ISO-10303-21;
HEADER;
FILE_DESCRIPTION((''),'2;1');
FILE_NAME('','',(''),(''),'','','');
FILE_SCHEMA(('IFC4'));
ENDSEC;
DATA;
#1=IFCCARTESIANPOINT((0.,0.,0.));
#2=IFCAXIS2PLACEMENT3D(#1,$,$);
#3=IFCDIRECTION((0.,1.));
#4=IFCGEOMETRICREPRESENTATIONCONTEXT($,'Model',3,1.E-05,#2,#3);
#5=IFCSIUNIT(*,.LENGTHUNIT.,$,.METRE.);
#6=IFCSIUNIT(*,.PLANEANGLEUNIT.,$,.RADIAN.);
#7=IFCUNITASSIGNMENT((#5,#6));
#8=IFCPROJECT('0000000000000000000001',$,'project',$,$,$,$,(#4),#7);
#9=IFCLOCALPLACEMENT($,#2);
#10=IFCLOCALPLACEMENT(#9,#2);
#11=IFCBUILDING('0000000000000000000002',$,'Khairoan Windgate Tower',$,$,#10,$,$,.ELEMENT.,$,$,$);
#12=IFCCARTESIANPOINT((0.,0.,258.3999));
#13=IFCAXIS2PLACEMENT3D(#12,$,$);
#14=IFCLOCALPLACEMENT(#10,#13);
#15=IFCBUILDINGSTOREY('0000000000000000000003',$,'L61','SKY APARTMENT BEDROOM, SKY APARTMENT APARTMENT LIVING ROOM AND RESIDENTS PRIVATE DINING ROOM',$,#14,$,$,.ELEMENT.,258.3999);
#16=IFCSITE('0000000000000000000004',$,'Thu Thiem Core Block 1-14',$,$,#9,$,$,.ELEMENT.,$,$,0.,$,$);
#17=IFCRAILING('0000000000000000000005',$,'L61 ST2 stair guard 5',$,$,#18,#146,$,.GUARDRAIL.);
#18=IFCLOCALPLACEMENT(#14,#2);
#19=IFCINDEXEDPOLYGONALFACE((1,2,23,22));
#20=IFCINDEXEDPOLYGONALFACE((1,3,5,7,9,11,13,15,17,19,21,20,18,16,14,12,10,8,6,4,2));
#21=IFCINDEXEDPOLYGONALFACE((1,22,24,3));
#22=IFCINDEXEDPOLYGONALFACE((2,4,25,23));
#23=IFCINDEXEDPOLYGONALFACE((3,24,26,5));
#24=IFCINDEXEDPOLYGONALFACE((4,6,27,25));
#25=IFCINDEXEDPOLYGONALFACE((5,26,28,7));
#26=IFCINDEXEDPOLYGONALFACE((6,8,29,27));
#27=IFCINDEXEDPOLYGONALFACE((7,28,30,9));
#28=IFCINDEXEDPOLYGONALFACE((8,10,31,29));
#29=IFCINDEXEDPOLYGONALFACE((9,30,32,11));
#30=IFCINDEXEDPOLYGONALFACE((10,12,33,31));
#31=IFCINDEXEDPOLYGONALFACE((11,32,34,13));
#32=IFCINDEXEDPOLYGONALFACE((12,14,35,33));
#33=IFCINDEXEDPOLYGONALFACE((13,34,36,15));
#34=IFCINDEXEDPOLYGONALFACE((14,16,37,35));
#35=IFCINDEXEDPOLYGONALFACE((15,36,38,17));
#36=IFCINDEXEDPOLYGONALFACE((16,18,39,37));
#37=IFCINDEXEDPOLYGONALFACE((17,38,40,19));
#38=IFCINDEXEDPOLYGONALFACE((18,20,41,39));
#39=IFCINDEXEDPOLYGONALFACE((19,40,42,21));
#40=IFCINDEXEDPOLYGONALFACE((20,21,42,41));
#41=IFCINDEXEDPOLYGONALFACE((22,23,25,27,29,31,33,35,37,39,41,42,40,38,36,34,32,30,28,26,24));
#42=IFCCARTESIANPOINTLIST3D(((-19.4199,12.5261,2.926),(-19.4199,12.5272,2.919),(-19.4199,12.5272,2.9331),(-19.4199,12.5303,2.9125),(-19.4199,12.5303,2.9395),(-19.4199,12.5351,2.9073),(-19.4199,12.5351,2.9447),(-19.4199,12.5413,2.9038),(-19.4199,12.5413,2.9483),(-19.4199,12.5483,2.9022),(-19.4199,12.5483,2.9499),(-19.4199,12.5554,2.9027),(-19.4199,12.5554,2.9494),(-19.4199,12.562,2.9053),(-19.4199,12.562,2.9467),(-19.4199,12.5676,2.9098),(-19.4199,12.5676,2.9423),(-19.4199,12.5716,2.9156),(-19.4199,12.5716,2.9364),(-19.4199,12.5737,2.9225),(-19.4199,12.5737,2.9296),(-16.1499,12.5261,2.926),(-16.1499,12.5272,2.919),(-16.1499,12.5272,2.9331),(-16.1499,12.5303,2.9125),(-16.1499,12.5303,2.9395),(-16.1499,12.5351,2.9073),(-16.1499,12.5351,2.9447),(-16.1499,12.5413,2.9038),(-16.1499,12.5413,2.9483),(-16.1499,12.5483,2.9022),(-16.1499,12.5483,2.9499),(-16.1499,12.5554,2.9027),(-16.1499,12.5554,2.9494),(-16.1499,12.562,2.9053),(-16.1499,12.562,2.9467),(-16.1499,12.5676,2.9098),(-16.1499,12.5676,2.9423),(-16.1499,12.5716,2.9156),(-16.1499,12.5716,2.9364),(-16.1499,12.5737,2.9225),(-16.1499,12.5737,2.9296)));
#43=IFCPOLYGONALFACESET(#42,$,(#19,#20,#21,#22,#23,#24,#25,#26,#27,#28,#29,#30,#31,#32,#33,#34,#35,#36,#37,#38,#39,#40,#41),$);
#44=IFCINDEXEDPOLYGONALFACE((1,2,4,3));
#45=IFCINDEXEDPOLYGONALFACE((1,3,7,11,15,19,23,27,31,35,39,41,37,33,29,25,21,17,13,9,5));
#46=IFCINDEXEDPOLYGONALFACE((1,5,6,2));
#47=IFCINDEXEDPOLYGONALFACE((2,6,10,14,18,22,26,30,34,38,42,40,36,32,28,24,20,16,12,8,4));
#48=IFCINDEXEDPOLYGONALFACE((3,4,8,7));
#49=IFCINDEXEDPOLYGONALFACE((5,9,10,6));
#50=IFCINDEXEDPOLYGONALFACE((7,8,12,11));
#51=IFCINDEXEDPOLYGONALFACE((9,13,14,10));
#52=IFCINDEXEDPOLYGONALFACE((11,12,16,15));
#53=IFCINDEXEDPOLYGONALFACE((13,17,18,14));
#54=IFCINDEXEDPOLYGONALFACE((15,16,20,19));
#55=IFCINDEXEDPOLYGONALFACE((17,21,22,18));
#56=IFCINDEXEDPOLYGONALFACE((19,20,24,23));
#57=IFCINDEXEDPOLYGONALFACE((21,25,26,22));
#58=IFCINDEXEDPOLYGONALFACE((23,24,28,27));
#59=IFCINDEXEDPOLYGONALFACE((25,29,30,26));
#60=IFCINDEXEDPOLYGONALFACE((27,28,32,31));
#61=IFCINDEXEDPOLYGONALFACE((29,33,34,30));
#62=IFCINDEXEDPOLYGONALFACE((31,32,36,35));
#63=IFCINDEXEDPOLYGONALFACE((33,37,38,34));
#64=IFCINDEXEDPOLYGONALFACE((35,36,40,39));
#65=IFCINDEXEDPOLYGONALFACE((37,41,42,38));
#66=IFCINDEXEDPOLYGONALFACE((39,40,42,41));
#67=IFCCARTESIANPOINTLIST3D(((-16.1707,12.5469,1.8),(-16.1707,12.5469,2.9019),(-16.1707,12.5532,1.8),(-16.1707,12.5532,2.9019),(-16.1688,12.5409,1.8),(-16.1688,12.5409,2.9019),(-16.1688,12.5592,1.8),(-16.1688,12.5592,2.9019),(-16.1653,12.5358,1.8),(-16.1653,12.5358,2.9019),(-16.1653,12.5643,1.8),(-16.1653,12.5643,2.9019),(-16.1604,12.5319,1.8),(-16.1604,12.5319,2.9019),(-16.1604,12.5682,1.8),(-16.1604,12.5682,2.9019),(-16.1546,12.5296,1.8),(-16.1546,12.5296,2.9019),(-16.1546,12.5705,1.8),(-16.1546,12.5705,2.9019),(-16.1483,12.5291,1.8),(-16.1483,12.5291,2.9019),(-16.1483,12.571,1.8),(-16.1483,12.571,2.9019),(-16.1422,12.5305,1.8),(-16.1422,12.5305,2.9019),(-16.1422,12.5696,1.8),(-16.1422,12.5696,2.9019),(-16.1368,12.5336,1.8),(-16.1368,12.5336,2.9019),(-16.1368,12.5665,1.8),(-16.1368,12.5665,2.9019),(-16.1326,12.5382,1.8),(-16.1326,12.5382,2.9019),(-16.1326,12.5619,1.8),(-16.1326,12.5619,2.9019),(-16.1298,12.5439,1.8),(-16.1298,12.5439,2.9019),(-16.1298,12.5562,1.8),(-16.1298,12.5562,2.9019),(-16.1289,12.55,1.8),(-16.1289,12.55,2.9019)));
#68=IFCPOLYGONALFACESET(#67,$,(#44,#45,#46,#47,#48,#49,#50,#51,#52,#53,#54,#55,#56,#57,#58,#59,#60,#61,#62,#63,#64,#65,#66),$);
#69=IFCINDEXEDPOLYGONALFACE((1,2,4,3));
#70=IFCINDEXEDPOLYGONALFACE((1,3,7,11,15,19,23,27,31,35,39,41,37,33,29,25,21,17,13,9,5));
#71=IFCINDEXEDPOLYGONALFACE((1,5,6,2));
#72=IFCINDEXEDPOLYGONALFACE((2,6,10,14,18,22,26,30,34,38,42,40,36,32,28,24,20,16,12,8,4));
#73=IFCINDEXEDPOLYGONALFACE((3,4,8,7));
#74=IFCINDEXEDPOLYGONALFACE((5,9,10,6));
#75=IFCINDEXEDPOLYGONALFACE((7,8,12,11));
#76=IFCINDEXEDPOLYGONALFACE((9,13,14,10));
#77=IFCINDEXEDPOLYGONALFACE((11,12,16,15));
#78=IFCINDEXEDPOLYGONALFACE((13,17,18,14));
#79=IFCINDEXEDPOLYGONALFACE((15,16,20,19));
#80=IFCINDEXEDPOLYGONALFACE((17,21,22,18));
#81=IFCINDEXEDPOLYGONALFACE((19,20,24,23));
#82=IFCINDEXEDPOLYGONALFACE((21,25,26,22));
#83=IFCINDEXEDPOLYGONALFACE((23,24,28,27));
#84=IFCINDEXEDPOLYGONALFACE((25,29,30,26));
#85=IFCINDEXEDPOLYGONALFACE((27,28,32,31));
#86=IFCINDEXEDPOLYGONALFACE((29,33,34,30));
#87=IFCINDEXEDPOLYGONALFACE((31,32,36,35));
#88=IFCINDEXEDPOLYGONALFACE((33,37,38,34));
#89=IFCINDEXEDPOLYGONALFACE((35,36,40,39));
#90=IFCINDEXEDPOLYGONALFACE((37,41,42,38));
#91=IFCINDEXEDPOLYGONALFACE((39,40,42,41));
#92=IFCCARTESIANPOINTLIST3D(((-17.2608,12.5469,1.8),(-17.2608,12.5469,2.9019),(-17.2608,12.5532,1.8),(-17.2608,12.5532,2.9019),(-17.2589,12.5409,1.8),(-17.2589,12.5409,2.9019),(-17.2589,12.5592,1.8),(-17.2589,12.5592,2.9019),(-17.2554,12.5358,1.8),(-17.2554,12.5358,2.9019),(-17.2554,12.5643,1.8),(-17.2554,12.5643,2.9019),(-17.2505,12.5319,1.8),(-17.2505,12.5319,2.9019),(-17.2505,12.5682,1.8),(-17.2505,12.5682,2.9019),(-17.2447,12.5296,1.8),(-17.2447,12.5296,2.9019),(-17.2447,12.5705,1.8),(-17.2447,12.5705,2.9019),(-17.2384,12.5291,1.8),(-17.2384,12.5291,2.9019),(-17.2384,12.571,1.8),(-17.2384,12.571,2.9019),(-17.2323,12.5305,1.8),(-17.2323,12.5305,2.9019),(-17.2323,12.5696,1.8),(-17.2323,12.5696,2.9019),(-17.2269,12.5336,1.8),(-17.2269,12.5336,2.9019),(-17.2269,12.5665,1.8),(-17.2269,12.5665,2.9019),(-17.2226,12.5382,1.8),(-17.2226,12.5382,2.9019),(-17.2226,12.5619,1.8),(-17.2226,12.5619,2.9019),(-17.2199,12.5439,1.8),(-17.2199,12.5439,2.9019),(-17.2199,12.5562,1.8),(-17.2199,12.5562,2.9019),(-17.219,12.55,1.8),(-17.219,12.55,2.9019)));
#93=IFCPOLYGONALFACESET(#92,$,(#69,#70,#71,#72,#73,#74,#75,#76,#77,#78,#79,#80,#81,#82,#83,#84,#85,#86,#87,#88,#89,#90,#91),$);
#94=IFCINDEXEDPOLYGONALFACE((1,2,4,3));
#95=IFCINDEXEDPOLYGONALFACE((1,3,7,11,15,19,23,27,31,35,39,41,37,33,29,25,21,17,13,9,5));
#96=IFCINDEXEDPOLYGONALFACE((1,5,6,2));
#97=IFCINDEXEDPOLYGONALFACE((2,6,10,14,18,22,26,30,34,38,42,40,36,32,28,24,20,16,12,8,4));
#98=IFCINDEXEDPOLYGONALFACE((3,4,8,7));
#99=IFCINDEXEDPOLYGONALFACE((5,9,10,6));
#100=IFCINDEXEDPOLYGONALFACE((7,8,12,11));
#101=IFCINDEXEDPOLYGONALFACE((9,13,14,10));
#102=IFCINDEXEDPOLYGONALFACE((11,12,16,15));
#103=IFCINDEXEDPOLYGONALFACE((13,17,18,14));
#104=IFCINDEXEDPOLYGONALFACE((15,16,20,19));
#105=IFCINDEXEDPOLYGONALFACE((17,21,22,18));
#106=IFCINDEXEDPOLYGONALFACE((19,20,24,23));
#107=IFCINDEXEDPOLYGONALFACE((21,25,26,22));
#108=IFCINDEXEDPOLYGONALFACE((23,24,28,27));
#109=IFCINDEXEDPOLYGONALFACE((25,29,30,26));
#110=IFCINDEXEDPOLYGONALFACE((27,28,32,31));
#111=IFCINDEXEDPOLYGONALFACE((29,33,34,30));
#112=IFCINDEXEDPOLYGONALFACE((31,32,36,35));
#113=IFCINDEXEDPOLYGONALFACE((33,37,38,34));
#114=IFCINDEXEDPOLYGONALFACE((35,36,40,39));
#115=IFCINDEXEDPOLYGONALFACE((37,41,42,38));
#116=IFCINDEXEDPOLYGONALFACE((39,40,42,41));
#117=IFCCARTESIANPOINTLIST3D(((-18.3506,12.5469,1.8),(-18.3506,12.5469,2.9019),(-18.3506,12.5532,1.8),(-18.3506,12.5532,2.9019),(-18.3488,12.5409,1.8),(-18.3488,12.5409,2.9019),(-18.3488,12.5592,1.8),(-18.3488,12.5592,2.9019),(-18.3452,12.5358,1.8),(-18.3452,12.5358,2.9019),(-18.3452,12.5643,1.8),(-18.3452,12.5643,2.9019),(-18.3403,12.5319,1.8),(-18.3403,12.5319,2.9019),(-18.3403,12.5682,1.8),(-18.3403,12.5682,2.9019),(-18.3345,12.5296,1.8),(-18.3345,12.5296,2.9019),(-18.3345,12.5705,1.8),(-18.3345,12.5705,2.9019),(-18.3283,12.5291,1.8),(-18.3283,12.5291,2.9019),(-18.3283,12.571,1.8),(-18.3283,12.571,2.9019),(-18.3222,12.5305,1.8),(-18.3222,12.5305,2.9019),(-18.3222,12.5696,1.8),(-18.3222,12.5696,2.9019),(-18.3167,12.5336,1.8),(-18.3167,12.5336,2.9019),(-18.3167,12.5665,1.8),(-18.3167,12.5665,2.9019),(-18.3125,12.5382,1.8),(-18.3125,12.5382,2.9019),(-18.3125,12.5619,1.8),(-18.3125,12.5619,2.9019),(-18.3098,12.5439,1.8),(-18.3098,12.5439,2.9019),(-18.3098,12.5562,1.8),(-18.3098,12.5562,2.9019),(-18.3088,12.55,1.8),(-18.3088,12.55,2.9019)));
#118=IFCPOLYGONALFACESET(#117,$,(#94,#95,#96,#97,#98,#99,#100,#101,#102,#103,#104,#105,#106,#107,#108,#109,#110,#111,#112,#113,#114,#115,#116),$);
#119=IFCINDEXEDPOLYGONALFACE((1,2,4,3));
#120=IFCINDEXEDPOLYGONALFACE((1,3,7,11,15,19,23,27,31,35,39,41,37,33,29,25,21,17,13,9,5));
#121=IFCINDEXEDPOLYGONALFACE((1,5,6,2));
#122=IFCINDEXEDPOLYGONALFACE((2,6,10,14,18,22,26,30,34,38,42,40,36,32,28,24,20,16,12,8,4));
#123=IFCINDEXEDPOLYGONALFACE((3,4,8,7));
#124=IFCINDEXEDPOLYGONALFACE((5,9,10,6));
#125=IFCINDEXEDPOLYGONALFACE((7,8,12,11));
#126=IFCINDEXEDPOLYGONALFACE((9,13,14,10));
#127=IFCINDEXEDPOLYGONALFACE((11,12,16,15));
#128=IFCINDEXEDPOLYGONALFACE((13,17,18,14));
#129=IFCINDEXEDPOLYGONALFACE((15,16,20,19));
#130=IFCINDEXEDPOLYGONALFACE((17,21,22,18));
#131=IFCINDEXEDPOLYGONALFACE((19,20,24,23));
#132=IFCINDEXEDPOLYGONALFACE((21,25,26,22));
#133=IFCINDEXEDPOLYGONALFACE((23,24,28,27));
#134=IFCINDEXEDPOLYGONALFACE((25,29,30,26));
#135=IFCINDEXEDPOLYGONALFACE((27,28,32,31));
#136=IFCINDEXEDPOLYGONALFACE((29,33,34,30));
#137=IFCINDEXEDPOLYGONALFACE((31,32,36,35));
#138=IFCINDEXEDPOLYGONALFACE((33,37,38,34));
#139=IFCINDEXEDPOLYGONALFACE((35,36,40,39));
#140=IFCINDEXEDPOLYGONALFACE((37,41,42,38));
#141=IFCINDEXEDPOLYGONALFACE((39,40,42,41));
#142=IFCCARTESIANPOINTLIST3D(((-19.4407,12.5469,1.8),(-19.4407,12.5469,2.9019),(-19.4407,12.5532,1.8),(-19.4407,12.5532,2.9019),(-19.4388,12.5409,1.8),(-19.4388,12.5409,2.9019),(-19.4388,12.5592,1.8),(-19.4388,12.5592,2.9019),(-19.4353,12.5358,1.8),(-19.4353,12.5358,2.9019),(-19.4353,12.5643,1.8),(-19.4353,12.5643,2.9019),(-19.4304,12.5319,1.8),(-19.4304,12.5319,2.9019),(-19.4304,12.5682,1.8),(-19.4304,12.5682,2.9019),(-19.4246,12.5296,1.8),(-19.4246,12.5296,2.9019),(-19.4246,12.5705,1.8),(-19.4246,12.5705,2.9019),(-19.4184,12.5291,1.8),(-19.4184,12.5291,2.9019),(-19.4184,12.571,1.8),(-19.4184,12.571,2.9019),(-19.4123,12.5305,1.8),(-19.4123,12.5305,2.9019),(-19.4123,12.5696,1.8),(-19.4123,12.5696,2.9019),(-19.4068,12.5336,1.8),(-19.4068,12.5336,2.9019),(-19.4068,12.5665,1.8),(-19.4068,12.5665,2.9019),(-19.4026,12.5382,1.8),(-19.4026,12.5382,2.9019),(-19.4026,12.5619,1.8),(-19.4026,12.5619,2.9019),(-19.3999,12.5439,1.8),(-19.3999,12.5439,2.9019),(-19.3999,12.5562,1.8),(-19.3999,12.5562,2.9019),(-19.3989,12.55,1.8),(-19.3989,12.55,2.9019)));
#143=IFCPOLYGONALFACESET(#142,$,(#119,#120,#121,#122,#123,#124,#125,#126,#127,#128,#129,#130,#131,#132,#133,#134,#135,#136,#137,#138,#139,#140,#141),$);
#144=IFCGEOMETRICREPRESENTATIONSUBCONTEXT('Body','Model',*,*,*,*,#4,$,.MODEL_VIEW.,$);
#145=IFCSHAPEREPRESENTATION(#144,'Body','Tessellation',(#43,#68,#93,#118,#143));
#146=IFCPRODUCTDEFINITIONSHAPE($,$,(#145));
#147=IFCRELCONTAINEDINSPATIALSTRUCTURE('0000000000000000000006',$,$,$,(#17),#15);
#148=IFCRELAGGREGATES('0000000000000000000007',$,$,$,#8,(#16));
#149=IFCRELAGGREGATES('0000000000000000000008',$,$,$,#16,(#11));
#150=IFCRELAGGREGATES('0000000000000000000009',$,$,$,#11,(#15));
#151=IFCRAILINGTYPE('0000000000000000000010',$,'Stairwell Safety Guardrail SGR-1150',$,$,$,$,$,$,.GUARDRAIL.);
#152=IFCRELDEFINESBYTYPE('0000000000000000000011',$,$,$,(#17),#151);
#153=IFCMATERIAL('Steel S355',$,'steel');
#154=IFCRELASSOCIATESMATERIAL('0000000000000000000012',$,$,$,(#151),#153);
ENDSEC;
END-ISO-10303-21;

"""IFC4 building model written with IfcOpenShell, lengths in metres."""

from ifc_helpers import new_model, si_unit, direction, frame, origin, origin_2d, place, context, subcontext, project, spatial, circle, extrude, material, type_object, element, save


model = new_model("IFC4")

# Units and contexts
model_context = context("Model", 3, precision=1e-05, world=origin(), true_north=direction((0.0, 1.0)))
body_context = subcontext(model_context, "Body", "Model", "MODEL_VIEW")
ifc_project = project(units=[si_unit("LENGTHUNIT", "METRE"), si_unit("PLANEANGLEUNIT", "RADIAN")], contexts=[model_context])

# Site, building, storey
site_placement = place(None, origin())
site = spatial("IfcSite", under=ifc_project, at=site_placement, Name="Thu Thiem Core Block 1-14", CompositionType="ELEMENT", RefElevation=0.0)
building_placement = place(site_placement, origin())
building = spatial("IfcBuilding", under=site, at=building_placement, Name="Khairoan Windgate Tower", CompositionType="ELEMENT")
storey_placement = place(building_placement, frame((0.0, 0.0, 258.3999)))
storey = spatial("IfcBuildingStorey", under=building, at=storey_placement, Name="L61", Description="SKY APARTMENT BEDROOM, SKY APARTMENT APARTMENT LIVING ROOM AND RESIDENTS PRIVATE DINING ROOM", CompositionType="ELEMENT", Elevation=258.3999)

# Railing
ifc_material_1 = material(Name="Steel S355", Category="steel")
railing_type = type_object("IfcRailingType", Name="Stairwell Safety Guardrail SGR-1150", PredefinedType="GUARDRAIL", material=ifc_material_1)
railing_1_placement = place(storey_placement, frame((-16.1499, 12.55, 1.8)))
element("IfcRailing", 1, at=railing_1_placement, inside=storey, type_object=railing_type, Name="L61 ST2 stair guard 5", PredefinedType="GUARDRAIL", context=body_context, shape_type="SweptSolid", body=[
    extrude(circle(Radius=0.0239, at=origin_2d()), frame((0.0, 0.0, 1.126), z_axis=(-1.0, 0.0, 0.0), x_axis=(0.0, -1.0, 0.0)), (0.0, 0.0, 1.0), 3.27),
    extrude(circle(Radius=0.021, at=origin_2d()), origin(), (0.0, 0.0, 1.0), 1.1018),
    extrude(circle(Radius=0.021, at=origin_2d()), frame((-1.0901, 0.0, 0.0)), (0.0, 0.0, 1.0), 1.1018),
    extrude(circle(Radius=0.021, at=origin_2d()), frame((-2.1799, 0.0, 0.0)), (0.0, 0.0, 1.0), 1.1018),
    extrude(circle(Radius=0.021, at=origin_2d()), frame((-3.27, 0.0, 0.0)), (0.0, 0.0, 1.0), 1.1018),
])

save(model, "model.ifc")
